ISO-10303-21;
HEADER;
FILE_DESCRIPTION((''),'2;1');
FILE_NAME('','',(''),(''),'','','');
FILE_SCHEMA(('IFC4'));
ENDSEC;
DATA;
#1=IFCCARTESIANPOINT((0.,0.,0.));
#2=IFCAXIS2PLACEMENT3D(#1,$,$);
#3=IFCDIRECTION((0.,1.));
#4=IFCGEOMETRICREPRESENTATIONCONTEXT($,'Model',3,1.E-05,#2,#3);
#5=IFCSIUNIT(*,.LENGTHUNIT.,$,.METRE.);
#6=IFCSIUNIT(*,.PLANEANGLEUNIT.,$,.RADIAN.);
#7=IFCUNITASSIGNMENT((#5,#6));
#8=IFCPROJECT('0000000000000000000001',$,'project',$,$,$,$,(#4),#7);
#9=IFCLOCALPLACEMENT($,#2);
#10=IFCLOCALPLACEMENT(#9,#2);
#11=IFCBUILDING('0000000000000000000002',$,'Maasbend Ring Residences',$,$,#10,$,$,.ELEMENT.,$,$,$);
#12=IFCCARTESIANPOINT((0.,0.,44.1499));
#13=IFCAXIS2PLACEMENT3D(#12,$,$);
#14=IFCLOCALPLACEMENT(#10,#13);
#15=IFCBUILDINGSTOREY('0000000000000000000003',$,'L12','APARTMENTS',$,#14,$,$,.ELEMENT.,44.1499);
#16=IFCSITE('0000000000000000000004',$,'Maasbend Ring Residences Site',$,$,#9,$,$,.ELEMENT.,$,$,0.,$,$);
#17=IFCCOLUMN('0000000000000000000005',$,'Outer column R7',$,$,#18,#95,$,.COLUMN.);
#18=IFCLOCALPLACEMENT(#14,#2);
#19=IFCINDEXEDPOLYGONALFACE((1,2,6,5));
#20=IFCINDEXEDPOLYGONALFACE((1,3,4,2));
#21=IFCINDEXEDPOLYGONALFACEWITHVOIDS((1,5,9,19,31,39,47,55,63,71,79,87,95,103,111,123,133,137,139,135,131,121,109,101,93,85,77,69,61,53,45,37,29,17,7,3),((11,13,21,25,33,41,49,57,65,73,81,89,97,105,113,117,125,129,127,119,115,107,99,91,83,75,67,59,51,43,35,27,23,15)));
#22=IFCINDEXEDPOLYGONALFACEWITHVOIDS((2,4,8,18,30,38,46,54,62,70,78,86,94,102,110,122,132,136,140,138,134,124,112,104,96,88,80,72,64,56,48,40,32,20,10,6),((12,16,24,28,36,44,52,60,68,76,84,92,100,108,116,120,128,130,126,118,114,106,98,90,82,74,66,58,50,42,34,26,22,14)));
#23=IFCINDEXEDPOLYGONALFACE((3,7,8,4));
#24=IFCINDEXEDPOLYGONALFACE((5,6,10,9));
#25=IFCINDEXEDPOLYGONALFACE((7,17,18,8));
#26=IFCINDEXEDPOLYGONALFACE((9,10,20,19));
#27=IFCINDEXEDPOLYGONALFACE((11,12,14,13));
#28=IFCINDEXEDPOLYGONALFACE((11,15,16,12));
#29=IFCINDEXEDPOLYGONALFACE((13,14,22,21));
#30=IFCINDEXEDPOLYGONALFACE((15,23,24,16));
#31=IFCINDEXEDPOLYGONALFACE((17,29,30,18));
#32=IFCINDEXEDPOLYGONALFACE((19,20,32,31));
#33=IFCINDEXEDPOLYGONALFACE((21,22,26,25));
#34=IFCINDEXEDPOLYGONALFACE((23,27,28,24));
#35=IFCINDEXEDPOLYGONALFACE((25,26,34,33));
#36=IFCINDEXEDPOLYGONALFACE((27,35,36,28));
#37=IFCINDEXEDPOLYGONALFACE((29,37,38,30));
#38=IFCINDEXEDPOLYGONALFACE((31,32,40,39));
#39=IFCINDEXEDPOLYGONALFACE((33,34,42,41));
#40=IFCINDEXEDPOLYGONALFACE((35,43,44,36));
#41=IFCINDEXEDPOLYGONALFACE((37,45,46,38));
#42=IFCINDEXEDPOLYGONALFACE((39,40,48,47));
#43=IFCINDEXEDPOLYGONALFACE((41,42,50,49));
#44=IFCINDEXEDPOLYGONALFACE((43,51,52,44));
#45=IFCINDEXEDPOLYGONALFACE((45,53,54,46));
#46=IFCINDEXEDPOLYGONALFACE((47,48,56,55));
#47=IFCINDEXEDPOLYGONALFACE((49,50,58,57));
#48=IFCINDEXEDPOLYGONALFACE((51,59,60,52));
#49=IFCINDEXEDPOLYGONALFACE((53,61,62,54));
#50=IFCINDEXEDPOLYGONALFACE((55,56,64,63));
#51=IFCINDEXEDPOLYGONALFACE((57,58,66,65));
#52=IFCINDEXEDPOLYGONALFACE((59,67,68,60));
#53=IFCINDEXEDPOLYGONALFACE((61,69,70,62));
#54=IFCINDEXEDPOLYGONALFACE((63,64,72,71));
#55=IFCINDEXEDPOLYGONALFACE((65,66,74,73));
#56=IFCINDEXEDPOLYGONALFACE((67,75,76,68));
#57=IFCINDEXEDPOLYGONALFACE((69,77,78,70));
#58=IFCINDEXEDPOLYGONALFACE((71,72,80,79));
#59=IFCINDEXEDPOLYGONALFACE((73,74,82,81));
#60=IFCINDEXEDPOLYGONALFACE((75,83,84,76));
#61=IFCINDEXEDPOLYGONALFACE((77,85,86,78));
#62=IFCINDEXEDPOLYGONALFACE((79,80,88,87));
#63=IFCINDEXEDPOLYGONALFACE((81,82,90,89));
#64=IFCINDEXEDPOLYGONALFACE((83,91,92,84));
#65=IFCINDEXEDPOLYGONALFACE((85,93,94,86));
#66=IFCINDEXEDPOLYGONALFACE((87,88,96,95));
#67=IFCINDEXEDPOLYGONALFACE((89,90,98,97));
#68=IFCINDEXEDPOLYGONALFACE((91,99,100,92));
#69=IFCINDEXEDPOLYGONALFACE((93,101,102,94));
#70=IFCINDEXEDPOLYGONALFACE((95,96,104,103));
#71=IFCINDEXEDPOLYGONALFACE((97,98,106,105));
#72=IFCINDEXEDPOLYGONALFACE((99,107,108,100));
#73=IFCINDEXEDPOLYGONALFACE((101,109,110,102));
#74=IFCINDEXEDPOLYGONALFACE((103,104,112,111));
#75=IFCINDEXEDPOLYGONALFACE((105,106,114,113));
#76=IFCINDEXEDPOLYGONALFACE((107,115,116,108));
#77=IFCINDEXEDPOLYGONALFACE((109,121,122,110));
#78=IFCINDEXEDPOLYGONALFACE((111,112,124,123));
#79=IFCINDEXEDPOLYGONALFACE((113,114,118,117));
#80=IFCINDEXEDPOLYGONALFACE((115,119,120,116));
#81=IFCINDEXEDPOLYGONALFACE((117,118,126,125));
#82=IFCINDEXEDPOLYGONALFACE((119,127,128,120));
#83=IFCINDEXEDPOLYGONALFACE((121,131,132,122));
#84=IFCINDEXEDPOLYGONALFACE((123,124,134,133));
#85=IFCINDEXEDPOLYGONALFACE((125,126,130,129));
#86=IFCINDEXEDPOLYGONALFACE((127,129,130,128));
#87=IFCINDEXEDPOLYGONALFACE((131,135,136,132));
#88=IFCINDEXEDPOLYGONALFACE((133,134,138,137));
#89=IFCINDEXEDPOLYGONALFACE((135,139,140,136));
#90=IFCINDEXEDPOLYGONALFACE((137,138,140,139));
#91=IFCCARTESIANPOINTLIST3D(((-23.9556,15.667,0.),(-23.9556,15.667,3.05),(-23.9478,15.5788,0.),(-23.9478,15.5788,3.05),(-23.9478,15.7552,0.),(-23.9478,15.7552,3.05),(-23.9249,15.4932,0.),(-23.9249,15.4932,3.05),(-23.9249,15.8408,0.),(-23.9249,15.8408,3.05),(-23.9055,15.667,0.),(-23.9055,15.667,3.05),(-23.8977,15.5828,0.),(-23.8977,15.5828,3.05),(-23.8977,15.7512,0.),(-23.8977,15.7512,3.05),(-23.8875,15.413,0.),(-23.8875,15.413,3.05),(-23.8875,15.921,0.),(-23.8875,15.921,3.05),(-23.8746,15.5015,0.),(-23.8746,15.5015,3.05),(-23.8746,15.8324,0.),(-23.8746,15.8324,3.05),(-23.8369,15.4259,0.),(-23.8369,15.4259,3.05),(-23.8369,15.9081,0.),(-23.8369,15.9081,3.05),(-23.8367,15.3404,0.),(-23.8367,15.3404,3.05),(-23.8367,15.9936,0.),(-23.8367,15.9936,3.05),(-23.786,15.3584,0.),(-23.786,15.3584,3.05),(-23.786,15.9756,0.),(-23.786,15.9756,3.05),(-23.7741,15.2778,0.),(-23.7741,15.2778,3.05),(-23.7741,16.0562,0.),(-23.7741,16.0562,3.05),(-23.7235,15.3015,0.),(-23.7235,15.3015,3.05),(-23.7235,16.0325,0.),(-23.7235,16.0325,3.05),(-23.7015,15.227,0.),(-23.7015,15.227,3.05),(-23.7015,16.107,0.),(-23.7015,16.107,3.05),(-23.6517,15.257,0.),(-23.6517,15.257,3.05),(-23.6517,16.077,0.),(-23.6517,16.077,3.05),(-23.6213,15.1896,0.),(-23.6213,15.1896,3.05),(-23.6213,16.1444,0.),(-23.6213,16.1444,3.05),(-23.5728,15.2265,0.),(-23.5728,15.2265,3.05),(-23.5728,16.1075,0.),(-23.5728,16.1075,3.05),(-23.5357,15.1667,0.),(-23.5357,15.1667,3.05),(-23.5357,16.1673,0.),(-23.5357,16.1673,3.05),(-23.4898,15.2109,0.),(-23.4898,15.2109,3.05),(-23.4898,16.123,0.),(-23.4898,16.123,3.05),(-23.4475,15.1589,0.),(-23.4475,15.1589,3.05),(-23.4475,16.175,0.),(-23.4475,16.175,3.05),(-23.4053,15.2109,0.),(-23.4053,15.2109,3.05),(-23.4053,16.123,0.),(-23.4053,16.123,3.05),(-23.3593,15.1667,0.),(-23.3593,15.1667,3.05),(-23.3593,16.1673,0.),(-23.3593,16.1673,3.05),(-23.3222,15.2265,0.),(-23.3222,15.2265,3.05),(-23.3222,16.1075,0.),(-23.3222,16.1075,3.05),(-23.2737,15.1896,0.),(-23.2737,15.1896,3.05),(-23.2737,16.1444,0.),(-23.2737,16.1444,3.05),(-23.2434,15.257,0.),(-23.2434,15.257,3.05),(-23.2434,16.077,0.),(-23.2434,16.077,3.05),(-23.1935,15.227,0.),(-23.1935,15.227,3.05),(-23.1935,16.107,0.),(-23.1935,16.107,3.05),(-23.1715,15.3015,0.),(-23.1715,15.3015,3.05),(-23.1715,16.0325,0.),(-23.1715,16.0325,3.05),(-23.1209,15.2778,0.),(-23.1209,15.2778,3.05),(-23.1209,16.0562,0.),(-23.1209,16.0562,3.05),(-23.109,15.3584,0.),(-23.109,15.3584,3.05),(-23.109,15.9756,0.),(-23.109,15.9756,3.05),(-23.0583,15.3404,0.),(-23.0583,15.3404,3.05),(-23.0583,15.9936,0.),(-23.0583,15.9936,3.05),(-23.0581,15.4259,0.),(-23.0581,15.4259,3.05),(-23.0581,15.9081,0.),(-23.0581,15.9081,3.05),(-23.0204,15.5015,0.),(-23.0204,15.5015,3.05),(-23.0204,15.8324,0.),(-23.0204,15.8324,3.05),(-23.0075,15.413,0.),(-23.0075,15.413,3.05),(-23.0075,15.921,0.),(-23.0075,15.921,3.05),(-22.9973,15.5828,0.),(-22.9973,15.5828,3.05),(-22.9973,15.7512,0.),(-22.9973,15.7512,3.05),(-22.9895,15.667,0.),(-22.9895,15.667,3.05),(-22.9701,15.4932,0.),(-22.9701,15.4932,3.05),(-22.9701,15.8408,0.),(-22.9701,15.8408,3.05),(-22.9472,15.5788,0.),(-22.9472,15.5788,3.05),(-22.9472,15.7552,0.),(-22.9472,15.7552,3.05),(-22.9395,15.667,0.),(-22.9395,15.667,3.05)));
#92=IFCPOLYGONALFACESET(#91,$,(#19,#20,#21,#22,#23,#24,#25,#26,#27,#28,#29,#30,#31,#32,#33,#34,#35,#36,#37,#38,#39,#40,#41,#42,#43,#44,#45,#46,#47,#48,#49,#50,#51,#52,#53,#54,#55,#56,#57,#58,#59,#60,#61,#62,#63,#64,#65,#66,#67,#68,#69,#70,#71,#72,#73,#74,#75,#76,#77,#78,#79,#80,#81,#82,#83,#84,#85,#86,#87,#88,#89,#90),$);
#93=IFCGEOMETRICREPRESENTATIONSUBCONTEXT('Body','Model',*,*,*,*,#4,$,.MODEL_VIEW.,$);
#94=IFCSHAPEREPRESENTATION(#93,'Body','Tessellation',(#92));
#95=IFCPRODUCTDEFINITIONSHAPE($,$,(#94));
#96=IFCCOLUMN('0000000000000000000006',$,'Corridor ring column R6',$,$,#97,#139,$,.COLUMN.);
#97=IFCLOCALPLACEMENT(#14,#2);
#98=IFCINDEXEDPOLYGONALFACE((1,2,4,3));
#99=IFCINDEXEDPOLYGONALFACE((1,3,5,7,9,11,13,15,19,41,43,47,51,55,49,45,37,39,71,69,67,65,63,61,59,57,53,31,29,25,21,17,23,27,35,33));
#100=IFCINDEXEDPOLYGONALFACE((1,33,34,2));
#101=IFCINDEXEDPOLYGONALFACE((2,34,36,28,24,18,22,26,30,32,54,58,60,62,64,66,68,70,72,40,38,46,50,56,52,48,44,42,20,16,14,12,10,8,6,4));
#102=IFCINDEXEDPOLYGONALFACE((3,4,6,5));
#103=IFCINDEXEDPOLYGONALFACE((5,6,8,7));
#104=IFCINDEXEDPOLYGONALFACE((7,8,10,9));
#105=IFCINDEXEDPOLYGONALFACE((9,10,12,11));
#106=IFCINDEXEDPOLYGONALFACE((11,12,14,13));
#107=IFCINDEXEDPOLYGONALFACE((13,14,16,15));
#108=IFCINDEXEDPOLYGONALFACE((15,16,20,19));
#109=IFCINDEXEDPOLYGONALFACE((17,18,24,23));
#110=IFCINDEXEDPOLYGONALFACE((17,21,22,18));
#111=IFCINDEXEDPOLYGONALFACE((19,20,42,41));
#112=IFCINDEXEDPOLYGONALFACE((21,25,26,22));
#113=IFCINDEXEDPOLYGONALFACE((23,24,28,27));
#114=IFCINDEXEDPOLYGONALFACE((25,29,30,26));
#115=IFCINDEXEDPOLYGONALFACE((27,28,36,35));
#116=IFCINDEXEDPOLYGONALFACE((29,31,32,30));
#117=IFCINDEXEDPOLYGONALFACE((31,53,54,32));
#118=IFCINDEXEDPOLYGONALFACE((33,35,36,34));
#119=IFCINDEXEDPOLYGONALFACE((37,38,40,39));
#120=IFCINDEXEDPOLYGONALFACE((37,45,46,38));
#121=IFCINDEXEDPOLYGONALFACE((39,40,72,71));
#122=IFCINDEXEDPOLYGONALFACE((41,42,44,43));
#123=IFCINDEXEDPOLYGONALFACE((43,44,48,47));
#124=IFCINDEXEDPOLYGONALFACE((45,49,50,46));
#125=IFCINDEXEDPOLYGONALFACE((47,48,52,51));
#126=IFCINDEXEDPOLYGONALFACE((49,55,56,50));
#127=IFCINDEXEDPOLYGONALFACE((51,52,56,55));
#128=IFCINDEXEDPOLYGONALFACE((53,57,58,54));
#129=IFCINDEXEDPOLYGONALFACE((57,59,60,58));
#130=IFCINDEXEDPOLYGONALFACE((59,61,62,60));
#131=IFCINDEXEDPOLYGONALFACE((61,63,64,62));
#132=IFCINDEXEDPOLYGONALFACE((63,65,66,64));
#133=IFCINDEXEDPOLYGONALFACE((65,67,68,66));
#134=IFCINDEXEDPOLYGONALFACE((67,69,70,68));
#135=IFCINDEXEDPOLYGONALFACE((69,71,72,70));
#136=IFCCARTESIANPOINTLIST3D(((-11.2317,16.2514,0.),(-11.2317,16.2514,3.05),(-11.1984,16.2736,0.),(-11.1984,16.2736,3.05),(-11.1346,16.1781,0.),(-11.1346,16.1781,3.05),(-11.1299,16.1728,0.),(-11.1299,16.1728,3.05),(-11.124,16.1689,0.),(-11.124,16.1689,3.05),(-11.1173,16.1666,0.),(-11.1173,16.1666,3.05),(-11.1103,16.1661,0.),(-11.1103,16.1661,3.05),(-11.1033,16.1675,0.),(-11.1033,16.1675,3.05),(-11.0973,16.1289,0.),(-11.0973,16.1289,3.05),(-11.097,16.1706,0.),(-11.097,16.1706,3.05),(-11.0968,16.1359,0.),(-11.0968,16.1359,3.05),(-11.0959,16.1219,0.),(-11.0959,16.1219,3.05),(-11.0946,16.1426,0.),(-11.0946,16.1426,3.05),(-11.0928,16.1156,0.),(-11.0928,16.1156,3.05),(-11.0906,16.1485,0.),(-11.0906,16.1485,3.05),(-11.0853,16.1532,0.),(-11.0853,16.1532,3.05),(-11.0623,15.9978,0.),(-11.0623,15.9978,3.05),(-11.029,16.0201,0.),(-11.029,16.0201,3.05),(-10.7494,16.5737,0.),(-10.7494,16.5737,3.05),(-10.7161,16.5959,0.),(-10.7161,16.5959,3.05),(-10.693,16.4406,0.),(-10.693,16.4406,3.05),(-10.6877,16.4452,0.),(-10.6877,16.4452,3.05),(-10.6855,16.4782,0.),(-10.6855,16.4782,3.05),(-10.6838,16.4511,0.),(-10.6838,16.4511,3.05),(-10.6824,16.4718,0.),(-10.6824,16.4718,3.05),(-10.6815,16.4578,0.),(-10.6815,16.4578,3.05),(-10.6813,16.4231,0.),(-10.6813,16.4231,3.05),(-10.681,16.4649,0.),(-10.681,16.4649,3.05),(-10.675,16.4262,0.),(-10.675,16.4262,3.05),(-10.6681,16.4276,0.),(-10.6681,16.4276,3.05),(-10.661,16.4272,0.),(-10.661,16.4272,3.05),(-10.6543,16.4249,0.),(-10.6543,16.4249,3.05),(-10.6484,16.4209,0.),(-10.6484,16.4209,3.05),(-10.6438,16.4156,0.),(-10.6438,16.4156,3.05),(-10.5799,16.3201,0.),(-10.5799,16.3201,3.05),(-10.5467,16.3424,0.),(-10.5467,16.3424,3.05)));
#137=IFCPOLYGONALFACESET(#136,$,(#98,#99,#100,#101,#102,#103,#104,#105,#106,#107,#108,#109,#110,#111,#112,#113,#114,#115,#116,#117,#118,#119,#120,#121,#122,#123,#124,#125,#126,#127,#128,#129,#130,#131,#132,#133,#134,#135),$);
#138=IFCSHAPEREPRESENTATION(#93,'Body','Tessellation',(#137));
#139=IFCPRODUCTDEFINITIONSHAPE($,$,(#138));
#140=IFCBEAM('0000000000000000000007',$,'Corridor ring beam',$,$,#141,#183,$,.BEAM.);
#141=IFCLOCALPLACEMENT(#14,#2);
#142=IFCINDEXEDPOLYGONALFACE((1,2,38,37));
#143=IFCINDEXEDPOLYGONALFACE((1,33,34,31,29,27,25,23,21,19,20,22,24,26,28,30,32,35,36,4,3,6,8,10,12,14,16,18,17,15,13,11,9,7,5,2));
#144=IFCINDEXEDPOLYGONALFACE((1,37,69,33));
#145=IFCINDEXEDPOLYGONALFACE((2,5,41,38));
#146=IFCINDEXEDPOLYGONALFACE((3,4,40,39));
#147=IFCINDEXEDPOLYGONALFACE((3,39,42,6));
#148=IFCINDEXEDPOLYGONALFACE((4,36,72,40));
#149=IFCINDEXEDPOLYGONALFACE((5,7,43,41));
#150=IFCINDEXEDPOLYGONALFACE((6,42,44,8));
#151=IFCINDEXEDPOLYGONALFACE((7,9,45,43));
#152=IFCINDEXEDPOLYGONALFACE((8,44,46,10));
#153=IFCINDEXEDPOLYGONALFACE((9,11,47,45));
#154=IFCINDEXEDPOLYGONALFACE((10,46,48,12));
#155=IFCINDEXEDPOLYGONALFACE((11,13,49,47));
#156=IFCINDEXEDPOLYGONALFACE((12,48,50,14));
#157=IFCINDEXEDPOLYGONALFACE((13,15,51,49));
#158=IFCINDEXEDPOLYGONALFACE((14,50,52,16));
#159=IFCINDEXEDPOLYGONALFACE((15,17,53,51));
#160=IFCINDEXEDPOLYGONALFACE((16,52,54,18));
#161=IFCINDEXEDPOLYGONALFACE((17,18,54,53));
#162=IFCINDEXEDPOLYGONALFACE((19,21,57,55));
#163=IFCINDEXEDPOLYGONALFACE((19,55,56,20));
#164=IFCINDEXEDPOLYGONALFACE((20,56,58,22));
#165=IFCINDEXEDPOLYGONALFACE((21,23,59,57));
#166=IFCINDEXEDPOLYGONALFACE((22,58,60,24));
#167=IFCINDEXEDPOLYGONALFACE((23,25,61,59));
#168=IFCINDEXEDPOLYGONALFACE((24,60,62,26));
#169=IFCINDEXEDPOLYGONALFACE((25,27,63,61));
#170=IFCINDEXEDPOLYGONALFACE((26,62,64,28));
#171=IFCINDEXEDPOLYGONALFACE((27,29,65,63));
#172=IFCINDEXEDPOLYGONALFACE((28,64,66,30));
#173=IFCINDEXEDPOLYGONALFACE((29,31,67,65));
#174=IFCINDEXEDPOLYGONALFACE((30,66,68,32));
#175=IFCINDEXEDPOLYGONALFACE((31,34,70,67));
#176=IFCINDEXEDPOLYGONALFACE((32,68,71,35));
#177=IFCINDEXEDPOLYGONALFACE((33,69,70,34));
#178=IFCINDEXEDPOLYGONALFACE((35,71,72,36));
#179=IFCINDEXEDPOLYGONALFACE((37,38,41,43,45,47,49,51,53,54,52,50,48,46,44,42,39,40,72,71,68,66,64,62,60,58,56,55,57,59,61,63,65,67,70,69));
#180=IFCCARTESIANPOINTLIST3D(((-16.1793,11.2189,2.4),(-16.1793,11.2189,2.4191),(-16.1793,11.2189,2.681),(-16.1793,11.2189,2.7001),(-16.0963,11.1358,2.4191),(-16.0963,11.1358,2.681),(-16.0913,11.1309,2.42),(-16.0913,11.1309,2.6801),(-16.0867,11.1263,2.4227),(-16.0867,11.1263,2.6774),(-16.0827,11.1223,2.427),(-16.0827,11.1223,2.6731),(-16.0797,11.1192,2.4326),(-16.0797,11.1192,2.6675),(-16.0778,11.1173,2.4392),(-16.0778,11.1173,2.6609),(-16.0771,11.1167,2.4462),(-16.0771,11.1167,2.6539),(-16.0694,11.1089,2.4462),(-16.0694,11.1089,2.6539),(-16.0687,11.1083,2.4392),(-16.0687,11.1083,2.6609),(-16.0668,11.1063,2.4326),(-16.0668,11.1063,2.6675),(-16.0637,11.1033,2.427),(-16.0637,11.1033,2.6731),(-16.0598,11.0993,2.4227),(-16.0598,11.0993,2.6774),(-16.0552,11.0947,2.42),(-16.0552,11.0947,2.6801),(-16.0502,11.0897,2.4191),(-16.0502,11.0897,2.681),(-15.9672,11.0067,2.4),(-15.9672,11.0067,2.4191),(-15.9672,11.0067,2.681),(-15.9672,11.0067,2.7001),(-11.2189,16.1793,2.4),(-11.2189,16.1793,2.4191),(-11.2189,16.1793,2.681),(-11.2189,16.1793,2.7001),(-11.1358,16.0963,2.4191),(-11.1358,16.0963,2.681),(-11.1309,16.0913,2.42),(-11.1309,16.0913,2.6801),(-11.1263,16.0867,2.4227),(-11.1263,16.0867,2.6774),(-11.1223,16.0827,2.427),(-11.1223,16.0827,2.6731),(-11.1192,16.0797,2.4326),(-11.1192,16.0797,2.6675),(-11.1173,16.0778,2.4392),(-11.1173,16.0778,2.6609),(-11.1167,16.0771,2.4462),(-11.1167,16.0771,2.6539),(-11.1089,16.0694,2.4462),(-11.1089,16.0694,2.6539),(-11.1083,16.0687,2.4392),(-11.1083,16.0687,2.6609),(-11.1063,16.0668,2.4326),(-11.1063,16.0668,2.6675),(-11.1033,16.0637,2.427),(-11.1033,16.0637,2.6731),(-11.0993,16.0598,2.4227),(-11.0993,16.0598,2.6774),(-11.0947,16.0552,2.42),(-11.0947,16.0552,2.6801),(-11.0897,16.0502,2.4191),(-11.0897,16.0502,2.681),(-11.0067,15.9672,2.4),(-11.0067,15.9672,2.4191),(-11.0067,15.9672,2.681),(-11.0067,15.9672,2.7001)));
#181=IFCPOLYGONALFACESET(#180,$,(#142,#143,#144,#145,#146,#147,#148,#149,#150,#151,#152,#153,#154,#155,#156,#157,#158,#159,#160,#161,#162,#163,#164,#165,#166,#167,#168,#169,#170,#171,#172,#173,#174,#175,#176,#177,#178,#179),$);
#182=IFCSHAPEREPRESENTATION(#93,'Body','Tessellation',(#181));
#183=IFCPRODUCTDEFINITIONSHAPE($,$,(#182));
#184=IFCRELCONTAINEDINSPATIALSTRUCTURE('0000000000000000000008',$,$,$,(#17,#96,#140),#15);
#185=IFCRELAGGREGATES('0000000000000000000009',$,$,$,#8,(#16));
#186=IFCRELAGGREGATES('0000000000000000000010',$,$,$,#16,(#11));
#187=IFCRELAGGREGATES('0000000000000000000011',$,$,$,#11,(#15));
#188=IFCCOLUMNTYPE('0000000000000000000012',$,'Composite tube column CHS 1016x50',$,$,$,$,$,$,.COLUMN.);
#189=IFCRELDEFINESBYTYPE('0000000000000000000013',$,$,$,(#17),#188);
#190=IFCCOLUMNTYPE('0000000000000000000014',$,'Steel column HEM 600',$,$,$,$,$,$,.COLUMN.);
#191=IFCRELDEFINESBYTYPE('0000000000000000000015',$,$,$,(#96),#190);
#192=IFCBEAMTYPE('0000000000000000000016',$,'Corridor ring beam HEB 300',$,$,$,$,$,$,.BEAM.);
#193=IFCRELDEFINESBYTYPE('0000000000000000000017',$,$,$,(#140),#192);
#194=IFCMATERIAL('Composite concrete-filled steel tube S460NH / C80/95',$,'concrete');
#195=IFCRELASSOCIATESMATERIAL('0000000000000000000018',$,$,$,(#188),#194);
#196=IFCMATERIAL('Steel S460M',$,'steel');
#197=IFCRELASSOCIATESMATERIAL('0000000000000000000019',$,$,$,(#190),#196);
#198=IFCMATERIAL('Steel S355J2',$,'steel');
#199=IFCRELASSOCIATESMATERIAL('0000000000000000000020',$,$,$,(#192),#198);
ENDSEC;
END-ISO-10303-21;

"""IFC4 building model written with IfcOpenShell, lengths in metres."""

from ifc_helpers import new_model, si_unit, direction, frame, origin, origin_2d, place, context, subcontext, project, spatial, hollow_circle, i_section, extrude, material, material_profile, profile_set, type_object, element, save


model = new_model("IFC4")

# Units and contexts
model_context = context("Model", 3, precision=1e-05, world=origin(), true_north=direction((0.0, 1.0)))
body_context = subcontext(model_context, "Body", "Model", "MODEL_VIEW")
ifc_project = project(units=[si_unit("LENGTHUNIT", "METRE"), si_unit("PLANEANGLEUNIT", "RADIAN")], contexts=[model_context])

# Site, building, storey
site_placement = place(None, origin())
site = spatial("IfcSite", under=ifc_project, at=site_placement, Name="Maasbend Ring Residences Site", CompositionType="ELEMENT", RefElevation=0.0)
building_placement = place(site_placement, origin())
building = spatial("IfcBuilding", under=site, at=building_placement, Name="Maasbend Ring Residences", CompositionType="ELEMENT")
storey_placement = place(building_placement, frame((0.0, 0.0, 44.1499)))
storey = spatial("IfcBuildingStorey", under=building, at=storey_placement, Name="L12", Description="APARTMENTS", CompositionType="ELEMENT", Elevation=44.1499)

# Columns
ifc_material_1 = material(Name="Composite concrete-filled steel tube S460NH / C80/95", Category="concrete")
ifc_material_profile_1 = material_profile(ifc_material_1, hollow_circle(Radius=0.5081, WallThickness=0.05, at=origin_2d()), Name="Composite tube column CHS 1016x50")
ifc_profile_set_1 = profile_set([ifc_material_profile_1], Name="Composite concrete-filled steel tube S460NH / C80/95")
column_type_1 = type_object("IfcColumnType", Name="Composite tube column CHS 1016x50", PredefinedType="COLUMN", material=ifc_profile_set_1)
column_1_placement = place(storey_placement, frame((-23.4475, 15.667, 0.0), z_axis=(0.0, 0.0, 1.0), x_axis=(1.0, 0.0, 0.0)))
element("IfcColumn", 1, at=column_1_placement, inside=storey, type_object=column_type_1, Name="Outer column R7", PredefinedType="COLUMN", context=body_context, shape_type="SweptSolid", body=[
    extrude(hollow_circle(Radius=0.5081, WallThickness=0.05, at=origin_2d()), origin(), (0.0, 0.0, 1.0), 3.05),
])
ifc_material_2 = material(Name="Steel S460M", Category="steel")
ifc_material_profile_2 = material_profile(ifc_material_2, i_section(OverallWidth=0.3049, OverallDepth=0.6201, WebThickness=0.021, FlangeThickness=0.04, FilletRadius=0.0271, at=origin_2d()), Name="HEM 600")
ifc_profile_set_2 = profile_set([ifc_material_profile_2], Name="Steel S460M")
column_type_2 = type_object("IfcColumnType", Name="Steel column HEM 600", PredefinedType="COLUMN", material=ifc_profile_set_2)
column_2_placement = place(storey_placement, frame((-10.8892, 16.2969, 0.0), z_axis=(0.0, 0.0, 1.0), x_axis=(-0.55557, 0.83147, 0.0)))
element("IfcColumn", 2, at=column_2_placement, inside=storey, type_object=column_type_2, Name="Corridor ring column R6", PredefinedType="COLUMN", context=body_context, shape_type="SweptSolid", body=[
    extrude(i_section(OverallWidth=0.3049, OverallDepth=0.6201, WebThickness=0.021, FlangeThickness=0.04, FilletRadius=0.0271, at=origin_2d()), origin(), (0.0, 0.0, 1.0), 3.05),
])

# Beam
ifc_material_3 = material(Name="Steel S355J2", Category="steel")
ifc_material_profile_3 = material_profile(ifc_material_3, i_section(OverallWidth=0.3, OverallDepth=0.3, WebThickness=0.011, FlangeThickness=0.019, FilletRadius=0.0271, at=origin_2d()), Name="HEB 300")
ifc_profile_set_3 = profile_set([ifc_material_profile_3], Name="Steel S355J2")
beam_type = type_object("IfcBeamType", Name="Corridor ring beam HEB 300", PredefinedType="BEAM", material=ifc_profile_set_3)
beam_placement = place(storey_placement, frame((-11.1128, 16.0732, 2.55), z_axis=(-0.707107, -0.707107, 0.0), x_axis=(0.707107, -0.707107, 0.0)))
element("IfcBeam", 3, at=beam_placement, inside=storey, type_object=beam_type, Name="Corridor ring beam", PredefinedType="BEAM", context=body_context, shape_type="SweptSolid", body=[
    extrude(i_section(OverallWidth=0.3, OverallDepth=0.3, WebThickness=0.011, FlangeThickness=0.019, FilletRadius=0.0271, at=origin_2d()), origin(), (0.0, 0.0, 1.0), 7.0151),
])

save(model, "model.ifc")
